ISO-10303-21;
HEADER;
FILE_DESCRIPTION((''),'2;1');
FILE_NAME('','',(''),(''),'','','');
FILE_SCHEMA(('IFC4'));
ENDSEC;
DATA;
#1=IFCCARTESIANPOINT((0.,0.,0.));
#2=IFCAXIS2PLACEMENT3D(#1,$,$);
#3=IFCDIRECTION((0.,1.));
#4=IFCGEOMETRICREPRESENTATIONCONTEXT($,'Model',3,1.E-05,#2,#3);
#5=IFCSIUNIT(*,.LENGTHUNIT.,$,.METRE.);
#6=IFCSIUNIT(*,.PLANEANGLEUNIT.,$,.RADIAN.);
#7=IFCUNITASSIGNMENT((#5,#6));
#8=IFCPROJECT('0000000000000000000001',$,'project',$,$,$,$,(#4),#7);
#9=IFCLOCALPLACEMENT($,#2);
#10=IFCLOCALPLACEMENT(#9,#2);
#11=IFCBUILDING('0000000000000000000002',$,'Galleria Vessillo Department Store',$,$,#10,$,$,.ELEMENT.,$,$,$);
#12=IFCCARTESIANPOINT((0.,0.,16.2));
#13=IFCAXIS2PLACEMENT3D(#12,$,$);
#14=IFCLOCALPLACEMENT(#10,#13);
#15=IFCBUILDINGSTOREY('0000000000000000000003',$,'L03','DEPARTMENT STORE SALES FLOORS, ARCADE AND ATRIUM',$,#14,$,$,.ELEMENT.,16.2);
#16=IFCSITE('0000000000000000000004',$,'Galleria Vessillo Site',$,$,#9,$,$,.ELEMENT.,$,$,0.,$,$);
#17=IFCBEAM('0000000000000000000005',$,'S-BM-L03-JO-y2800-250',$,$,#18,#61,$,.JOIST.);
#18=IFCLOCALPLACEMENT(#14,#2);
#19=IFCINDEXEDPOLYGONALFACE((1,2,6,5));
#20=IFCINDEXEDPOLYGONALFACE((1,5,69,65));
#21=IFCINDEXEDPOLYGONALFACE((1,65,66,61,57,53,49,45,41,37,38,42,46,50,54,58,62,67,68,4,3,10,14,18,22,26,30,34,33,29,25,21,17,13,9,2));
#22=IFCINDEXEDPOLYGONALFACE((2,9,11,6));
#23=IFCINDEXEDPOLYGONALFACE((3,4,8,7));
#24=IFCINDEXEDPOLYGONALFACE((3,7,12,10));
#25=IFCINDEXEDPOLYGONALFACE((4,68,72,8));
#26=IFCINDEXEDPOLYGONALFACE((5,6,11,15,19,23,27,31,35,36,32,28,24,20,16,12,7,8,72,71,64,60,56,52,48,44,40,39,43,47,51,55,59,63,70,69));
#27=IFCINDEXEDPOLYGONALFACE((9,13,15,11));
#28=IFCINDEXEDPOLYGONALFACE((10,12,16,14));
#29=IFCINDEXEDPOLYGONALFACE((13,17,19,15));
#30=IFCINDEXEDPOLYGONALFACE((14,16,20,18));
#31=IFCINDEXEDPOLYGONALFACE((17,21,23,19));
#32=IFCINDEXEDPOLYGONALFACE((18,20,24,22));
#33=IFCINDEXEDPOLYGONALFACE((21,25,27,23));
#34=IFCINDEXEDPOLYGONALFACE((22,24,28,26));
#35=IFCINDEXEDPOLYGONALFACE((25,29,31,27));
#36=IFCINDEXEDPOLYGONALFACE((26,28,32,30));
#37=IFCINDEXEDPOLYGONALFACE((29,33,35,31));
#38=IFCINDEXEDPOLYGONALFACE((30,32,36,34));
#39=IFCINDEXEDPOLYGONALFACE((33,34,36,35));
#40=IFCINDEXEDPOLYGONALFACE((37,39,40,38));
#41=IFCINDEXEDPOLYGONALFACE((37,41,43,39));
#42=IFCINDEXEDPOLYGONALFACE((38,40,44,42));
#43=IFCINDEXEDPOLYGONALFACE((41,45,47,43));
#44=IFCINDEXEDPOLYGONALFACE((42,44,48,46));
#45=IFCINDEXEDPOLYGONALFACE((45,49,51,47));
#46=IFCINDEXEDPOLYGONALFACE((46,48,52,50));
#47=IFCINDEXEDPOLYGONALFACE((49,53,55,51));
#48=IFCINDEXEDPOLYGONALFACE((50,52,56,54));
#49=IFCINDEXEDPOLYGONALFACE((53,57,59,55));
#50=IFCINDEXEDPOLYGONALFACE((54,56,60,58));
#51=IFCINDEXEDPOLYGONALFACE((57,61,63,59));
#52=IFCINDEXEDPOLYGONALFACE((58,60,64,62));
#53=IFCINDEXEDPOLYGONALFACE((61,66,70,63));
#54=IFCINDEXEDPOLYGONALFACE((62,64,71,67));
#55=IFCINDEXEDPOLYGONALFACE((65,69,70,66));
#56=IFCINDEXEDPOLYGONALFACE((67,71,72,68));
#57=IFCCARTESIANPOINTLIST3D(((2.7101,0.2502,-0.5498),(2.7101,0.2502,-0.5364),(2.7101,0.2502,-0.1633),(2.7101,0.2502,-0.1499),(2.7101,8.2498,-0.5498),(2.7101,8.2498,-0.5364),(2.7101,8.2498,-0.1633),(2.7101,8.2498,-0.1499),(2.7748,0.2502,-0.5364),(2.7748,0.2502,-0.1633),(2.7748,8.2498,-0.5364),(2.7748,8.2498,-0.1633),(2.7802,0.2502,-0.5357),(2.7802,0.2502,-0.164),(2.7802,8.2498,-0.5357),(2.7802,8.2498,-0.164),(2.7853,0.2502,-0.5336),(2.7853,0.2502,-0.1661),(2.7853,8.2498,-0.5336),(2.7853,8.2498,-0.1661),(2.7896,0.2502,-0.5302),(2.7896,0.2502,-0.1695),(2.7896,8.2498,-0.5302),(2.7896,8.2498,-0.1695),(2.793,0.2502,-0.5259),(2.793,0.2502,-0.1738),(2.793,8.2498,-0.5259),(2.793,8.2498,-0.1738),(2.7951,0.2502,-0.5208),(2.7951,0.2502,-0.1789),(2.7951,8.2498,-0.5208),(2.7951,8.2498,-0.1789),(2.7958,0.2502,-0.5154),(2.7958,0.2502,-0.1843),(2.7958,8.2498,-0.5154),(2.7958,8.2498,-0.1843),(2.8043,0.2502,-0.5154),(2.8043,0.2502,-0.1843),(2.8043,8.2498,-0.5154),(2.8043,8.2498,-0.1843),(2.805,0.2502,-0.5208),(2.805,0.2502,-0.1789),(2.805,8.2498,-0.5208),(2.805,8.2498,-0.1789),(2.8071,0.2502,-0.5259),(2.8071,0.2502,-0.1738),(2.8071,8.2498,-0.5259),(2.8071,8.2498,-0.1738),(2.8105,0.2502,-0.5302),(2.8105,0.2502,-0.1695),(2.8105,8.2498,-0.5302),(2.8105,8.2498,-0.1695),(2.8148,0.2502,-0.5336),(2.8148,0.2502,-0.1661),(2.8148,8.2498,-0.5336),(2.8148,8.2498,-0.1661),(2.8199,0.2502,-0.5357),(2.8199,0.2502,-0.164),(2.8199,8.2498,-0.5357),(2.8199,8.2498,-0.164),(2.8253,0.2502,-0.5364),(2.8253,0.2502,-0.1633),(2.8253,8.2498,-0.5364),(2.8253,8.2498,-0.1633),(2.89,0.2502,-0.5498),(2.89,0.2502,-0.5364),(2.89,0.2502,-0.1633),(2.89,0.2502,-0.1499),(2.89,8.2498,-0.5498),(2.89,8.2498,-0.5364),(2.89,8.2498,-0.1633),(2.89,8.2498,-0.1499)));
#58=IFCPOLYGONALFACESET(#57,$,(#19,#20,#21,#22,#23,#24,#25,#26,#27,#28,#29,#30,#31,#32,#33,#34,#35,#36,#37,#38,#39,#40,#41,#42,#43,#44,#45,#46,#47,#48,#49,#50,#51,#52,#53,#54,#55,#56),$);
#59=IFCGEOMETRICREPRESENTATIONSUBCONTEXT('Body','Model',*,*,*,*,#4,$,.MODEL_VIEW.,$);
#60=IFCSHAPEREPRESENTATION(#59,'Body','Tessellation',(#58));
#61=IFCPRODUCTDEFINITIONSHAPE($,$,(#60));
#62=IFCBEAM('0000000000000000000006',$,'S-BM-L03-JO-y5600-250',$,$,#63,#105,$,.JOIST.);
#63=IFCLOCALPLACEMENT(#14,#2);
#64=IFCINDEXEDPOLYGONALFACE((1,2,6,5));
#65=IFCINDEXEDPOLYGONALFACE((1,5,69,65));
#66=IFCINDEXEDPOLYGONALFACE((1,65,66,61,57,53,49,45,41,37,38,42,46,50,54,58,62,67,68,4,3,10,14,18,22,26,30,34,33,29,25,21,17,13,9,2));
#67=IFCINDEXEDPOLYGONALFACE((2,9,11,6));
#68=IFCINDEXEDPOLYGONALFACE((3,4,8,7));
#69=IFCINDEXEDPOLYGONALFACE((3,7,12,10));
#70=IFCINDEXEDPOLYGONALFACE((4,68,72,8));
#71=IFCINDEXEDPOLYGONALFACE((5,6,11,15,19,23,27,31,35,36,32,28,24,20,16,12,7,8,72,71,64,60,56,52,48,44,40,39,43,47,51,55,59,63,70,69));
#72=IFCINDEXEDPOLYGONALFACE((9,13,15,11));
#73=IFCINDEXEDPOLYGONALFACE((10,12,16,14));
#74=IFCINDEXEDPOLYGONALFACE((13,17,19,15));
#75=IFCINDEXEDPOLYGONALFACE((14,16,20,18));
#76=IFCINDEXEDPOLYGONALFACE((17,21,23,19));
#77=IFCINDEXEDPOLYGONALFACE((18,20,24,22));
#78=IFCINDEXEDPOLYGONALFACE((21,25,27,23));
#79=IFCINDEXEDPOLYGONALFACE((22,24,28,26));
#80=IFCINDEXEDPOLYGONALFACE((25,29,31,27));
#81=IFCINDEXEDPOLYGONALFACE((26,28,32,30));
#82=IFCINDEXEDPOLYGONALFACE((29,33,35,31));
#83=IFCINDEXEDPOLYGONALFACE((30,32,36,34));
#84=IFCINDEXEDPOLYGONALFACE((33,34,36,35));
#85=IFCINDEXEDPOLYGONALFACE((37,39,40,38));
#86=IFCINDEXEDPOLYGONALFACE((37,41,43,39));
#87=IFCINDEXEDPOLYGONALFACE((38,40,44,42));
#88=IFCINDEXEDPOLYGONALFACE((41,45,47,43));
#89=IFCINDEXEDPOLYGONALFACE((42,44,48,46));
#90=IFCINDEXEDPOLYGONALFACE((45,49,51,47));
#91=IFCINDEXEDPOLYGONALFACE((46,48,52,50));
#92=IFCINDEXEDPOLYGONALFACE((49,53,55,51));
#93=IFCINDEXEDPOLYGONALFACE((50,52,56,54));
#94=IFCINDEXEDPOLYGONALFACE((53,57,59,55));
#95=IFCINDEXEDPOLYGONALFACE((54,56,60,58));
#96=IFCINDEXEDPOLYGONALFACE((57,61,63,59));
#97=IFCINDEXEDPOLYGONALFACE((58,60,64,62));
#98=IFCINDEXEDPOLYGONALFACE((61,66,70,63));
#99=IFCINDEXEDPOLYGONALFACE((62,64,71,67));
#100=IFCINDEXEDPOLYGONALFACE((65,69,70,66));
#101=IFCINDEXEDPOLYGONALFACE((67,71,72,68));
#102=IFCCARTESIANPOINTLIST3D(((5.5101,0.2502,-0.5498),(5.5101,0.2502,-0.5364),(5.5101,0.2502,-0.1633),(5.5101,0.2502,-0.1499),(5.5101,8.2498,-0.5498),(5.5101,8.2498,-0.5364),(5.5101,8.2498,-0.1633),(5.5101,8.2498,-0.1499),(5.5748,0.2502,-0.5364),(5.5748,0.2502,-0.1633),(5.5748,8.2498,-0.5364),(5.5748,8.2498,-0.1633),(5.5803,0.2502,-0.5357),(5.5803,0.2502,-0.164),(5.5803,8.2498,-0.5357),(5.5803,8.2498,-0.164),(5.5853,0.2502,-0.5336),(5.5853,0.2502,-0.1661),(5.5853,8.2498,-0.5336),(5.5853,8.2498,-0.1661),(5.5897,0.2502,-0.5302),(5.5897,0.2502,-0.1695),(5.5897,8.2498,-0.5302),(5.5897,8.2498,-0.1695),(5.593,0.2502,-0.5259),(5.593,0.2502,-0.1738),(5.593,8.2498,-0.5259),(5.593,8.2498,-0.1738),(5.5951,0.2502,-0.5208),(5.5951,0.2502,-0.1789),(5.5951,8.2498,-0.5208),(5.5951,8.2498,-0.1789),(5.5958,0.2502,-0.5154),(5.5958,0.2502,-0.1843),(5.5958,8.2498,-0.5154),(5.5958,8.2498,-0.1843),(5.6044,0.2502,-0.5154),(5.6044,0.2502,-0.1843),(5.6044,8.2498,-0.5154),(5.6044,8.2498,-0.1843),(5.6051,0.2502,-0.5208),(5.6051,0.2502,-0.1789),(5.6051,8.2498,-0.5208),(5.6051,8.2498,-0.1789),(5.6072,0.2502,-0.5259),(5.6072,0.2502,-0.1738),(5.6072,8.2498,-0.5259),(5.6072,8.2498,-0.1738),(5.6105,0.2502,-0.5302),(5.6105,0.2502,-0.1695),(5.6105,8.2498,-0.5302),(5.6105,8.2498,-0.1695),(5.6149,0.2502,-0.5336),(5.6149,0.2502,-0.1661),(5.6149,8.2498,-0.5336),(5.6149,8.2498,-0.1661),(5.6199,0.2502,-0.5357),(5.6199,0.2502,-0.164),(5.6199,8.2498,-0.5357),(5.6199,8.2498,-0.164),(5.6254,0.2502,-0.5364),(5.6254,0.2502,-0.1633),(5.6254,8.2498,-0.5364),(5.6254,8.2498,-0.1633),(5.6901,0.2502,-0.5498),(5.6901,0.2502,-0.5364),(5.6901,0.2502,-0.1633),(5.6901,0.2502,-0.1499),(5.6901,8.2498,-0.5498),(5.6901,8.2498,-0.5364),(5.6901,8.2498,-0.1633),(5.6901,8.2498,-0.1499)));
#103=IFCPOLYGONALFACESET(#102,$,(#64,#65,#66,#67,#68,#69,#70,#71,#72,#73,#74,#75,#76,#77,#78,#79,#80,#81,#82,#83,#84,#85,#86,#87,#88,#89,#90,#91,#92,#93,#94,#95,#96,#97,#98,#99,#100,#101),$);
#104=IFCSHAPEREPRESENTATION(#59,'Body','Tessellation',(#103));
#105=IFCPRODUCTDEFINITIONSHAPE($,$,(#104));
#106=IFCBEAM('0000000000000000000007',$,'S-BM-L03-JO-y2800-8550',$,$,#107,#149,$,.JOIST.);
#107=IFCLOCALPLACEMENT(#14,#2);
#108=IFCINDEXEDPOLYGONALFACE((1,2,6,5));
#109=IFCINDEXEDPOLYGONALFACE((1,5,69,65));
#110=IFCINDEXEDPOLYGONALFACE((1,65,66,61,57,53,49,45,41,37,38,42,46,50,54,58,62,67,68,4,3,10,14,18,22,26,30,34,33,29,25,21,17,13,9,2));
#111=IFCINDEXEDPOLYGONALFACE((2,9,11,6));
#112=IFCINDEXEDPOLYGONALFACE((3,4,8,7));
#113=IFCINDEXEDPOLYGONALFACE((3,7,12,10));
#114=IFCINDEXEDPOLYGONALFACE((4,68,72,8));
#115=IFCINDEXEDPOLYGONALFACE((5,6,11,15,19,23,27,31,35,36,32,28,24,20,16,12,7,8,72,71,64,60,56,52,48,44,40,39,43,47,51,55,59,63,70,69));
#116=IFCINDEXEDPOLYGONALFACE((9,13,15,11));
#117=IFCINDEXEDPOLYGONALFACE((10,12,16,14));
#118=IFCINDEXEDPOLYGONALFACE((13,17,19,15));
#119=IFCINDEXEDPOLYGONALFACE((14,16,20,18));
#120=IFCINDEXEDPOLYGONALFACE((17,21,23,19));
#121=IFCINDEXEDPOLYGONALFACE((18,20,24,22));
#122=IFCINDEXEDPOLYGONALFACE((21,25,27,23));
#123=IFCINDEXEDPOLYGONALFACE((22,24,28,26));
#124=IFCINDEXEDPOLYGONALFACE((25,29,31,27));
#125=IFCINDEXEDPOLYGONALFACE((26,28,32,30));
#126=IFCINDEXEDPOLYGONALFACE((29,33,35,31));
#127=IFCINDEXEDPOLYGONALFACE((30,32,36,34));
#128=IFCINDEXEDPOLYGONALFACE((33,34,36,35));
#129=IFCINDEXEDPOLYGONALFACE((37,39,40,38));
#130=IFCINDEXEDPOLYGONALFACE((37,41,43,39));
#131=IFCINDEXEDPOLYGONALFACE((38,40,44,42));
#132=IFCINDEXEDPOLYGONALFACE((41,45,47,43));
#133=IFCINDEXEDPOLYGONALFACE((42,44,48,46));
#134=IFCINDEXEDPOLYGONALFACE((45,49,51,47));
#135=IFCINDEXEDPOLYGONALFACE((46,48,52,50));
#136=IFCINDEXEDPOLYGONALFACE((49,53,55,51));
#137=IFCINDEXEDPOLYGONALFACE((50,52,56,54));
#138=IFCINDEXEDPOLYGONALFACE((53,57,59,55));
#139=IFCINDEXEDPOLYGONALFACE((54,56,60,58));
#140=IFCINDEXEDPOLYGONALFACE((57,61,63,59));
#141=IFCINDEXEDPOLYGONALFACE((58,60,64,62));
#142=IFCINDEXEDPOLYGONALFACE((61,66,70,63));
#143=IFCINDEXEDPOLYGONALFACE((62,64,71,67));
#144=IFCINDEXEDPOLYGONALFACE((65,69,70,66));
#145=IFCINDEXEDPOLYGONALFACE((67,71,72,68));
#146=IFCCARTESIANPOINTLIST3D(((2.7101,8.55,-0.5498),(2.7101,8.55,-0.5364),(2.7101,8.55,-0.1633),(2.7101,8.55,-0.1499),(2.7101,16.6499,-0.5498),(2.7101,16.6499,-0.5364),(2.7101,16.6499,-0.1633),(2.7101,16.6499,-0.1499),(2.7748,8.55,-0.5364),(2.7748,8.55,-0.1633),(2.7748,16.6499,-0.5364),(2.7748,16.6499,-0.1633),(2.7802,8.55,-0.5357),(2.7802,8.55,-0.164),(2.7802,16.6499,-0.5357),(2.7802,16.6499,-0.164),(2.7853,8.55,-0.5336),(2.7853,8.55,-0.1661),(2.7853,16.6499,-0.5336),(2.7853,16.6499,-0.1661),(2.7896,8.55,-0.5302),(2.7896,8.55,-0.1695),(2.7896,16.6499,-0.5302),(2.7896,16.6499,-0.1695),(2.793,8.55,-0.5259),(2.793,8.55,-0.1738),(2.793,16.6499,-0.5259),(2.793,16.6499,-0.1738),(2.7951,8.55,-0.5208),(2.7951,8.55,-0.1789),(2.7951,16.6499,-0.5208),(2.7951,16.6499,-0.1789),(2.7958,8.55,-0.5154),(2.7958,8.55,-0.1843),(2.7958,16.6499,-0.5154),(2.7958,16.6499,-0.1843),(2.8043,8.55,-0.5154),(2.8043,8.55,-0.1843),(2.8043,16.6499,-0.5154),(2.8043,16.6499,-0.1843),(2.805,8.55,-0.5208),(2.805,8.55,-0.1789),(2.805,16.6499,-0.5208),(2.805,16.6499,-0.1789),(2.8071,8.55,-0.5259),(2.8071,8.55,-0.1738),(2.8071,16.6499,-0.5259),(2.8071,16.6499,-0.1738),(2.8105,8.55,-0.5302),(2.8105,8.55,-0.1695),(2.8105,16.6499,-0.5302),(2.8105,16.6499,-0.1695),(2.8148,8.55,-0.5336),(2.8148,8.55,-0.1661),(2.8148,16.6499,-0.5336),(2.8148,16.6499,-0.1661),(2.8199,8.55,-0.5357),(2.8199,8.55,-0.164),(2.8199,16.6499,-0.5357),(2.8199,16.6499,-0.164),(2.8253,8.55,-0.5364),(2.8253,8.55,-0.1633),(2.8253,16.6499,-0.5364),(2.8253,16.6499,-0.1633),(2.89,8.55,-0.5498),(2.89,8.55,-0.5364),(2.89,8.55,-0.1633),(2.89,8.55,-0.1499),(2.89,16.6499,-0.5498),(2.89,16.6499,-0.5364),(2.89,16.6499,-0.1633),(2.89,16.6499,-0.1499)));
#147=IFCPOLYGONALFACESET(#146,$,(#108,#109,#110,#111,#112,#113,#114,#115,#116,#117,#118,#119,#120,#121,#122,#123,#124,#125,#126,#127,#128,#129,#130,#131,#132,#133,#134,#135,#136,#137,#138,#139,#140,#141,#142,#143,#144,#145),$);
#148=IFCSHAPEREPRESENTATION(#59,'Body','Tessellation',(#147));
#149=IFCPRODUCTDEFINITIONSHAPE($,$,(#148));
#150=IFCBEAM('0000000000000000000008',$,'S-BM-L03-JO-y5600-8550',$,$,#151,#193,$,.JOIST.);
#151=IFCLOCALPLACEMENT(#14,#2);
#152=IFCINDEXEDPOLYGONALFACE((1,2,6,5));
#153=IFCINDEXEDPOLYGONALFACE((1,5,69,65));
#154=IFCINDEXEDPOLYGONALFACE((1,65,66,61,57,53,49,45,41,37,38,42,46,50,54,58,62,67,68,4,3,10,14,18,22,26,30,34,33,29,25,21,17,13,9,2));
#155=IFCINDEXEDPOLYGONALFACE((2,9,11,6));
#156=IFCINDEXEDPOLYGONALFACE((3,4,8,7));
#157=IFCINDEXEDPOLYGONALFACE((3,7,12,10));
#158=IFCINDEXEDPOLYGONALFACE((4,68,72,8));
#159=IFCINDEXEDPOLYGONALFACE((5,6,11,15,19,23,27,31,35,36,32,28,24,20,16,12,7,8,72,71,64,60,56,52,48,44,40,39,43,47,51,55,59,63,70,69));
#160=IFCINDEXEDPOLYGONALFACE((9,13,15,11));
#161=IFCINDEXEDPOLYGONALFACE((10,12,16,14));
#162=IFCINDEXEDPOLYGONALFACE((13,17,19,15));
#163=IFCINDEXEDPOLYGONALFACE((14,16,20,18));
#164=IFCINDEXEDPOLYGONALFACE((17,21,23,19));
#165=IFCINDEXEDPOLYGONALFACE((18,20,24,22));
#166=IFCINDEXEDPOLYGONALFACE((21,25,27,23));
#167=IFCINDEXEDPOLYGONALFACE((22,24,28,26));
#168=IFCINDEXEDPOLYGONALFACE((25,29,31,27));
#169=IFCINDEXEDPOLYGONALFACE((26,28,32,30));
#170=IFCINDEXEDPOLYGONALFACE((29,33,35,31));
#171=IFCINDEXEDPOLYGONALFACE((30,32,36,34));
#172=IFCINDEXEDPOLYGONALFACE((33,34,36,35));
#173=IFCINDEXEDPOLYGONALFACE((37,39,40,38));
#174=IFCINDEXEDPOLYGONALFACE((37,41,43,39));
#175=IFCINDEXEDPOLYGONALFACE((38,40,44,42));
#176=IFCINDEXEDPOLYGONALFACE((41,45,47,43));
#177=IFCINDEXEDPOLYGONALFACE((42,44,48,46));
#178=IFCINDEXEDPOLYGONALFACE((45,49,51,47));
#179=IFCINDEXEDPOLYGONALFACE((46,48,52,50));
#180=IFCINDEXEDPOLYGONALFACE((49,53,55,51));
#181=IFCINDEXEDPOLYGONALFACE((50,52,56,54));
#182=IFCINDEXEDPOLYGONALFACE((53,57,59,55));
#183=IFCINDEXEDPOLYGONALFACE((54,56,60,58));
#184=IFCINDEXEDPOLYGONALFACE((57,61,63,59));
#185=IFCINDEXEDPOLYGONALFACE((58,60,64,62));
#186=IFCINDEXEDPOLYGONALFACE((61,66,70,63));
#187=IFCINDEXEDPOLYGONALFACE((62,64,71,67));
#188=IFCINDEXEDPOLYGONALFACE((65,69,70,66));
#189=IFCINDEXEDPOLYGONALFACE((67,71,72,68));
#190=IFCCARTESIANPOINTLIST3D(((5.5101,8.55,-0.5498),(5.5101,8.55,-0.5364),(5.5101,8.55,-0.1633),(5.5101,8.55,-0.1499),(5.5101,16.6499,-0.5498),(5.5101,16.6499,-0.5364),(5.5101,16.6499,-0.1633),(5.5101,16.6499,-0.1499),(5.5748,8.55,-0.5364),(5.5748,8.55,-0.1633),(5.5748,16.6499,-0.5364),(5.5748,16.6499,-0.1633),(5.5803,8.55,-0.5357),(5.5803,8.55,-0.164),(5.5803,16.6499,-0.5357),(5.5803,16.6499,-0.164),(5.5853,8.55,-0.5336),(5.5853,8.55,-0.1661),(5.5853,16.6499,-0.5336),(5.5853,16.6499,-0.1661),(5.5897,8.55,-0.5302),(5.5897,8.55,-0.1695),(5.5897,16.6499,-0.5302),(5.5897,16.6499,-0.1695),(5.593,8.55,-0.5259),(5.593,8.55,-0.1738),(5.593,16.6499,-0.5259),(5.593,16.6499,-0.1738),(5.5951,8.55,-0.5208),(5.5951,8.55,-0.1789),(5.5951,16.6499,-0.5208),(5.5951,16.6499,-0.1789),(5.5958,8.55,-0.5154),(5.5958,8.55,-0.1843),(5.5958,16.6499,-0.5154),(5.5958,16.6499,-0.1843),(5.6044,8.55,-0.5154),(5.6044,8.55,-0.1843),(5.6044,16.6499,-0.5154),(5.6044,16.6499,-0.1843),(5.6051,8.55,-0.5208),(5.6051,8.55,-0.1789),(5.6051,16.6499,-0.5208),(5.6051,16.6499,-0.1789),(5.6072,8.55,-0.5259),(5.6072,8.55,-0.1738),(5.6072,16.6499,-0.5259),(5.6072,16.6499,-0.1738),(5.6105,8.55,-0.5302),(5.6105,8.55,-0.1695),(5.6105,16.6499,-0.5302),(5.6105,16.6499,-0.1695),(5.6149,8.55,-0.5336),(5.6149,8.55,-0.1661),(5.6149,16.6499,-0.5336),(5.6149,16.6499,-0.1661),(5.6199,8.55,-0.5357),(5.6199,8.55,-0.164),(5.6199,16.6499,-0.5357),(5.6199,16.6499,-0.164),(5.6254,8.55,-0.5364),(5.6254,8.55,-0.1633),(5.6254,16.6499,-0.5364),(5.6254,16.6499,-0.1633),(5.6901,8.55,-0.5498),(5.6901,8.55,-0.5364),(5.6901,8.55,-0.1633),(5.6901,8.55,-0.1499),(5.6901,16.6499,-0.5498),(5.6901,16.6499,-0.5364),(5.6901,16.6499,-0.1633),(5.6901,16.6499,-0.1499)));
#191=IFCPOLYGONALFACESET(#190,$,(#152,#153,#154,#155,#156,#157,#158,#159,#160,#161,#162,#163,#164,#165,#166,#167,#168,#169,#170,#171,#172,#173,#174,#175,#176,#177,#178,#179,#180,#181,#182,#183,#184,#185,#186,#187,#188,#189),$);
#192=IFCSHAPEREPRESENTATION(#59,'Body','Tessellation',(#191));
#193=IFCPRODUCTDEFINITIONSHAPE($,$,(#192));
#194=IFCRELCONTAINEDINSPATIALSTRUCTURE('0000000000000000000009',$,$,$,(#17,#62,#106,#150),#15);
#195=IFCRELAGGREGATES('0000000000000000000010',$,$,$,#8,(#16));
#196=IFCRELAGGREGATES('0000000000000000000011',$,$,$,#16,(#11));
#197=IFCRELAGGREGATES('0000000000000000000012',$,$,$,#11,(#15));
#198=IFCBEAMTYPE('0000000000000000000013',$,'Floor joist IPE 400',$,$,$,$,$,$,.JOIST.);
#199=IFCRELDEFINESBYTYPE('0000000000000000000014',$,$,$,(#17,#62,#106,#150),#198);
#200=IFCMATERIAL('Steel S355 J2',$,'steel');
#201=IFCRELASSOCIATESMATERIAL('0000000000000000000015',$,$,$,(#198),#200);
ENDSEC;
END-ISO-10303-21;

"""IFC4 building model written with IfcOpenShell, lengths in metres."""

from ifc_helpers import new_model, si_unit, direction, frame, origin, origin_2d, place, context, subcontext, project, spatial, i_section, extrude, material, material_profile, profile_set, type_object, element, save


model = new_model("IFC4")

# Units and contexts
model_context = context("Model", 3, precision=1e-05, world=origin(), true_north=direction((0.0, 1.0)))
body_context = subcontext(model_context, "Body", "Model", "MODEL_VIEW")
ifc_project = project(units=[si_unit("LENGTHUNIT", "METRE"), si_unit("PLANEANGLEUNIT", "RADIAN")], contexts=[model_context])

# Site, building, storey
site_placement = place(None, origin())
site = spatial("IfcSite", under=ifc_project, at=site_placement, Name="Galleria Vessillo Site", CompositionType="ELEMENT", RefElevation=0.0)
building_placement = place(site_placement, origin())
building = spatial("IfcBuilding", under=site, at=building_placement, Name="Galleria Vessillo Department Store", CompositionType="ELEMENT")
storey_placement = place(building_placement, frame((0.0, 0.0, 16.2)))
storey = spatial("IfcBuildingStorey", under=building, at=storey_placement, Name="L03", Description="DEPARTMENT STORE SALES FLOORS, ARCADE AND ATRIUM", CompositionType="ELEMENT", Elevation=16.2)

# Beams
ifc_material_1 = material(Name="Steel S355 J2", Category="steel")
ifc_material_profile_1 = material_profile(ifc_material_1, i_section(OverallWidth=0.1799, OverallDepth=0.3999, WebThickness=0.0085, FlangeThickness=0.0134, FilletRadius=0.021, at=origin_2d()), Name="IPE 400")
ifc_profile_set_1 = profile_set([ifc_material_profile_1], Name="Steel S355 J2")
beam_type_1 = type_object("IfcBeamType", Name="Floor joist IPE 400", PredefinedType="JOIST", material=ifc_profile_set_1)
for number, where, z_axis, x_axis, name in (
    (1, (2.8, 0.2502, -0.3499), (0.0, 1.0, 0.0), (-1.0, 0.0, 0.0), "S-BM-L03-JO-y2800-250"),
    (2, (5.6001, 0.2502, -0.3499), (0.0, 1.0, 0.0), (-1.0, 0.0, 0.0), "S-BM-L03-JO-y5600-250"),
):
    element("IfcBeam", number, at=place(storey_placement, frame(where, z_axis=z_axis, x_axis=x_axis)), inside=storey, type_object=beam_type_1, Name=name, PredefinedType="JOIST", context=body_context, shape_type="SweptSolid", body=[
        extrude(i_section(OverallWidth=0.1799, OverallDepth=0.3999, WebThickness=0.0085, FlangeThickness=0.0134, FilletRadius=0.021, at=origin_2d()), origin(), (0.0, 0.0, 1.0), 7.9995),
    ])
for number, where, z_axis, x_axis, name in (
    (3, (2.8, 8.55, -0.3499), (0.0, 1.0, 0.0), (-1.0, 0.0, 0.0), "S-BM-L03-JO-y2800-8550"),
    (4, (5.6001, 8.55, -0.3499), (0.0, 1.0, 0.0), (-1.0, 0.0, 0.0), "S-BM-L03-JO-y5600-8550"),
):
    element("IfcBeam", number, at=place(storey_placement, frame(where, z_axis=z_axis, x_axis=x_axis)), inside=storey, type_object=beam_type_1, Name=name, PredefinedType="JOIST", context=body_context, shape_type="SweptSolid", body=[
        extrude(i_section(OverallWidth=0.1799, OverallDepth=0.3999, WebThickness=0.0085, FlangeThickness=0.0134, FilletRadius=0.021, at=origin_2d()), origin(), (0.0, 0.0, 1.0), 8.0999),
    ])

save(model, "model.ifc")
